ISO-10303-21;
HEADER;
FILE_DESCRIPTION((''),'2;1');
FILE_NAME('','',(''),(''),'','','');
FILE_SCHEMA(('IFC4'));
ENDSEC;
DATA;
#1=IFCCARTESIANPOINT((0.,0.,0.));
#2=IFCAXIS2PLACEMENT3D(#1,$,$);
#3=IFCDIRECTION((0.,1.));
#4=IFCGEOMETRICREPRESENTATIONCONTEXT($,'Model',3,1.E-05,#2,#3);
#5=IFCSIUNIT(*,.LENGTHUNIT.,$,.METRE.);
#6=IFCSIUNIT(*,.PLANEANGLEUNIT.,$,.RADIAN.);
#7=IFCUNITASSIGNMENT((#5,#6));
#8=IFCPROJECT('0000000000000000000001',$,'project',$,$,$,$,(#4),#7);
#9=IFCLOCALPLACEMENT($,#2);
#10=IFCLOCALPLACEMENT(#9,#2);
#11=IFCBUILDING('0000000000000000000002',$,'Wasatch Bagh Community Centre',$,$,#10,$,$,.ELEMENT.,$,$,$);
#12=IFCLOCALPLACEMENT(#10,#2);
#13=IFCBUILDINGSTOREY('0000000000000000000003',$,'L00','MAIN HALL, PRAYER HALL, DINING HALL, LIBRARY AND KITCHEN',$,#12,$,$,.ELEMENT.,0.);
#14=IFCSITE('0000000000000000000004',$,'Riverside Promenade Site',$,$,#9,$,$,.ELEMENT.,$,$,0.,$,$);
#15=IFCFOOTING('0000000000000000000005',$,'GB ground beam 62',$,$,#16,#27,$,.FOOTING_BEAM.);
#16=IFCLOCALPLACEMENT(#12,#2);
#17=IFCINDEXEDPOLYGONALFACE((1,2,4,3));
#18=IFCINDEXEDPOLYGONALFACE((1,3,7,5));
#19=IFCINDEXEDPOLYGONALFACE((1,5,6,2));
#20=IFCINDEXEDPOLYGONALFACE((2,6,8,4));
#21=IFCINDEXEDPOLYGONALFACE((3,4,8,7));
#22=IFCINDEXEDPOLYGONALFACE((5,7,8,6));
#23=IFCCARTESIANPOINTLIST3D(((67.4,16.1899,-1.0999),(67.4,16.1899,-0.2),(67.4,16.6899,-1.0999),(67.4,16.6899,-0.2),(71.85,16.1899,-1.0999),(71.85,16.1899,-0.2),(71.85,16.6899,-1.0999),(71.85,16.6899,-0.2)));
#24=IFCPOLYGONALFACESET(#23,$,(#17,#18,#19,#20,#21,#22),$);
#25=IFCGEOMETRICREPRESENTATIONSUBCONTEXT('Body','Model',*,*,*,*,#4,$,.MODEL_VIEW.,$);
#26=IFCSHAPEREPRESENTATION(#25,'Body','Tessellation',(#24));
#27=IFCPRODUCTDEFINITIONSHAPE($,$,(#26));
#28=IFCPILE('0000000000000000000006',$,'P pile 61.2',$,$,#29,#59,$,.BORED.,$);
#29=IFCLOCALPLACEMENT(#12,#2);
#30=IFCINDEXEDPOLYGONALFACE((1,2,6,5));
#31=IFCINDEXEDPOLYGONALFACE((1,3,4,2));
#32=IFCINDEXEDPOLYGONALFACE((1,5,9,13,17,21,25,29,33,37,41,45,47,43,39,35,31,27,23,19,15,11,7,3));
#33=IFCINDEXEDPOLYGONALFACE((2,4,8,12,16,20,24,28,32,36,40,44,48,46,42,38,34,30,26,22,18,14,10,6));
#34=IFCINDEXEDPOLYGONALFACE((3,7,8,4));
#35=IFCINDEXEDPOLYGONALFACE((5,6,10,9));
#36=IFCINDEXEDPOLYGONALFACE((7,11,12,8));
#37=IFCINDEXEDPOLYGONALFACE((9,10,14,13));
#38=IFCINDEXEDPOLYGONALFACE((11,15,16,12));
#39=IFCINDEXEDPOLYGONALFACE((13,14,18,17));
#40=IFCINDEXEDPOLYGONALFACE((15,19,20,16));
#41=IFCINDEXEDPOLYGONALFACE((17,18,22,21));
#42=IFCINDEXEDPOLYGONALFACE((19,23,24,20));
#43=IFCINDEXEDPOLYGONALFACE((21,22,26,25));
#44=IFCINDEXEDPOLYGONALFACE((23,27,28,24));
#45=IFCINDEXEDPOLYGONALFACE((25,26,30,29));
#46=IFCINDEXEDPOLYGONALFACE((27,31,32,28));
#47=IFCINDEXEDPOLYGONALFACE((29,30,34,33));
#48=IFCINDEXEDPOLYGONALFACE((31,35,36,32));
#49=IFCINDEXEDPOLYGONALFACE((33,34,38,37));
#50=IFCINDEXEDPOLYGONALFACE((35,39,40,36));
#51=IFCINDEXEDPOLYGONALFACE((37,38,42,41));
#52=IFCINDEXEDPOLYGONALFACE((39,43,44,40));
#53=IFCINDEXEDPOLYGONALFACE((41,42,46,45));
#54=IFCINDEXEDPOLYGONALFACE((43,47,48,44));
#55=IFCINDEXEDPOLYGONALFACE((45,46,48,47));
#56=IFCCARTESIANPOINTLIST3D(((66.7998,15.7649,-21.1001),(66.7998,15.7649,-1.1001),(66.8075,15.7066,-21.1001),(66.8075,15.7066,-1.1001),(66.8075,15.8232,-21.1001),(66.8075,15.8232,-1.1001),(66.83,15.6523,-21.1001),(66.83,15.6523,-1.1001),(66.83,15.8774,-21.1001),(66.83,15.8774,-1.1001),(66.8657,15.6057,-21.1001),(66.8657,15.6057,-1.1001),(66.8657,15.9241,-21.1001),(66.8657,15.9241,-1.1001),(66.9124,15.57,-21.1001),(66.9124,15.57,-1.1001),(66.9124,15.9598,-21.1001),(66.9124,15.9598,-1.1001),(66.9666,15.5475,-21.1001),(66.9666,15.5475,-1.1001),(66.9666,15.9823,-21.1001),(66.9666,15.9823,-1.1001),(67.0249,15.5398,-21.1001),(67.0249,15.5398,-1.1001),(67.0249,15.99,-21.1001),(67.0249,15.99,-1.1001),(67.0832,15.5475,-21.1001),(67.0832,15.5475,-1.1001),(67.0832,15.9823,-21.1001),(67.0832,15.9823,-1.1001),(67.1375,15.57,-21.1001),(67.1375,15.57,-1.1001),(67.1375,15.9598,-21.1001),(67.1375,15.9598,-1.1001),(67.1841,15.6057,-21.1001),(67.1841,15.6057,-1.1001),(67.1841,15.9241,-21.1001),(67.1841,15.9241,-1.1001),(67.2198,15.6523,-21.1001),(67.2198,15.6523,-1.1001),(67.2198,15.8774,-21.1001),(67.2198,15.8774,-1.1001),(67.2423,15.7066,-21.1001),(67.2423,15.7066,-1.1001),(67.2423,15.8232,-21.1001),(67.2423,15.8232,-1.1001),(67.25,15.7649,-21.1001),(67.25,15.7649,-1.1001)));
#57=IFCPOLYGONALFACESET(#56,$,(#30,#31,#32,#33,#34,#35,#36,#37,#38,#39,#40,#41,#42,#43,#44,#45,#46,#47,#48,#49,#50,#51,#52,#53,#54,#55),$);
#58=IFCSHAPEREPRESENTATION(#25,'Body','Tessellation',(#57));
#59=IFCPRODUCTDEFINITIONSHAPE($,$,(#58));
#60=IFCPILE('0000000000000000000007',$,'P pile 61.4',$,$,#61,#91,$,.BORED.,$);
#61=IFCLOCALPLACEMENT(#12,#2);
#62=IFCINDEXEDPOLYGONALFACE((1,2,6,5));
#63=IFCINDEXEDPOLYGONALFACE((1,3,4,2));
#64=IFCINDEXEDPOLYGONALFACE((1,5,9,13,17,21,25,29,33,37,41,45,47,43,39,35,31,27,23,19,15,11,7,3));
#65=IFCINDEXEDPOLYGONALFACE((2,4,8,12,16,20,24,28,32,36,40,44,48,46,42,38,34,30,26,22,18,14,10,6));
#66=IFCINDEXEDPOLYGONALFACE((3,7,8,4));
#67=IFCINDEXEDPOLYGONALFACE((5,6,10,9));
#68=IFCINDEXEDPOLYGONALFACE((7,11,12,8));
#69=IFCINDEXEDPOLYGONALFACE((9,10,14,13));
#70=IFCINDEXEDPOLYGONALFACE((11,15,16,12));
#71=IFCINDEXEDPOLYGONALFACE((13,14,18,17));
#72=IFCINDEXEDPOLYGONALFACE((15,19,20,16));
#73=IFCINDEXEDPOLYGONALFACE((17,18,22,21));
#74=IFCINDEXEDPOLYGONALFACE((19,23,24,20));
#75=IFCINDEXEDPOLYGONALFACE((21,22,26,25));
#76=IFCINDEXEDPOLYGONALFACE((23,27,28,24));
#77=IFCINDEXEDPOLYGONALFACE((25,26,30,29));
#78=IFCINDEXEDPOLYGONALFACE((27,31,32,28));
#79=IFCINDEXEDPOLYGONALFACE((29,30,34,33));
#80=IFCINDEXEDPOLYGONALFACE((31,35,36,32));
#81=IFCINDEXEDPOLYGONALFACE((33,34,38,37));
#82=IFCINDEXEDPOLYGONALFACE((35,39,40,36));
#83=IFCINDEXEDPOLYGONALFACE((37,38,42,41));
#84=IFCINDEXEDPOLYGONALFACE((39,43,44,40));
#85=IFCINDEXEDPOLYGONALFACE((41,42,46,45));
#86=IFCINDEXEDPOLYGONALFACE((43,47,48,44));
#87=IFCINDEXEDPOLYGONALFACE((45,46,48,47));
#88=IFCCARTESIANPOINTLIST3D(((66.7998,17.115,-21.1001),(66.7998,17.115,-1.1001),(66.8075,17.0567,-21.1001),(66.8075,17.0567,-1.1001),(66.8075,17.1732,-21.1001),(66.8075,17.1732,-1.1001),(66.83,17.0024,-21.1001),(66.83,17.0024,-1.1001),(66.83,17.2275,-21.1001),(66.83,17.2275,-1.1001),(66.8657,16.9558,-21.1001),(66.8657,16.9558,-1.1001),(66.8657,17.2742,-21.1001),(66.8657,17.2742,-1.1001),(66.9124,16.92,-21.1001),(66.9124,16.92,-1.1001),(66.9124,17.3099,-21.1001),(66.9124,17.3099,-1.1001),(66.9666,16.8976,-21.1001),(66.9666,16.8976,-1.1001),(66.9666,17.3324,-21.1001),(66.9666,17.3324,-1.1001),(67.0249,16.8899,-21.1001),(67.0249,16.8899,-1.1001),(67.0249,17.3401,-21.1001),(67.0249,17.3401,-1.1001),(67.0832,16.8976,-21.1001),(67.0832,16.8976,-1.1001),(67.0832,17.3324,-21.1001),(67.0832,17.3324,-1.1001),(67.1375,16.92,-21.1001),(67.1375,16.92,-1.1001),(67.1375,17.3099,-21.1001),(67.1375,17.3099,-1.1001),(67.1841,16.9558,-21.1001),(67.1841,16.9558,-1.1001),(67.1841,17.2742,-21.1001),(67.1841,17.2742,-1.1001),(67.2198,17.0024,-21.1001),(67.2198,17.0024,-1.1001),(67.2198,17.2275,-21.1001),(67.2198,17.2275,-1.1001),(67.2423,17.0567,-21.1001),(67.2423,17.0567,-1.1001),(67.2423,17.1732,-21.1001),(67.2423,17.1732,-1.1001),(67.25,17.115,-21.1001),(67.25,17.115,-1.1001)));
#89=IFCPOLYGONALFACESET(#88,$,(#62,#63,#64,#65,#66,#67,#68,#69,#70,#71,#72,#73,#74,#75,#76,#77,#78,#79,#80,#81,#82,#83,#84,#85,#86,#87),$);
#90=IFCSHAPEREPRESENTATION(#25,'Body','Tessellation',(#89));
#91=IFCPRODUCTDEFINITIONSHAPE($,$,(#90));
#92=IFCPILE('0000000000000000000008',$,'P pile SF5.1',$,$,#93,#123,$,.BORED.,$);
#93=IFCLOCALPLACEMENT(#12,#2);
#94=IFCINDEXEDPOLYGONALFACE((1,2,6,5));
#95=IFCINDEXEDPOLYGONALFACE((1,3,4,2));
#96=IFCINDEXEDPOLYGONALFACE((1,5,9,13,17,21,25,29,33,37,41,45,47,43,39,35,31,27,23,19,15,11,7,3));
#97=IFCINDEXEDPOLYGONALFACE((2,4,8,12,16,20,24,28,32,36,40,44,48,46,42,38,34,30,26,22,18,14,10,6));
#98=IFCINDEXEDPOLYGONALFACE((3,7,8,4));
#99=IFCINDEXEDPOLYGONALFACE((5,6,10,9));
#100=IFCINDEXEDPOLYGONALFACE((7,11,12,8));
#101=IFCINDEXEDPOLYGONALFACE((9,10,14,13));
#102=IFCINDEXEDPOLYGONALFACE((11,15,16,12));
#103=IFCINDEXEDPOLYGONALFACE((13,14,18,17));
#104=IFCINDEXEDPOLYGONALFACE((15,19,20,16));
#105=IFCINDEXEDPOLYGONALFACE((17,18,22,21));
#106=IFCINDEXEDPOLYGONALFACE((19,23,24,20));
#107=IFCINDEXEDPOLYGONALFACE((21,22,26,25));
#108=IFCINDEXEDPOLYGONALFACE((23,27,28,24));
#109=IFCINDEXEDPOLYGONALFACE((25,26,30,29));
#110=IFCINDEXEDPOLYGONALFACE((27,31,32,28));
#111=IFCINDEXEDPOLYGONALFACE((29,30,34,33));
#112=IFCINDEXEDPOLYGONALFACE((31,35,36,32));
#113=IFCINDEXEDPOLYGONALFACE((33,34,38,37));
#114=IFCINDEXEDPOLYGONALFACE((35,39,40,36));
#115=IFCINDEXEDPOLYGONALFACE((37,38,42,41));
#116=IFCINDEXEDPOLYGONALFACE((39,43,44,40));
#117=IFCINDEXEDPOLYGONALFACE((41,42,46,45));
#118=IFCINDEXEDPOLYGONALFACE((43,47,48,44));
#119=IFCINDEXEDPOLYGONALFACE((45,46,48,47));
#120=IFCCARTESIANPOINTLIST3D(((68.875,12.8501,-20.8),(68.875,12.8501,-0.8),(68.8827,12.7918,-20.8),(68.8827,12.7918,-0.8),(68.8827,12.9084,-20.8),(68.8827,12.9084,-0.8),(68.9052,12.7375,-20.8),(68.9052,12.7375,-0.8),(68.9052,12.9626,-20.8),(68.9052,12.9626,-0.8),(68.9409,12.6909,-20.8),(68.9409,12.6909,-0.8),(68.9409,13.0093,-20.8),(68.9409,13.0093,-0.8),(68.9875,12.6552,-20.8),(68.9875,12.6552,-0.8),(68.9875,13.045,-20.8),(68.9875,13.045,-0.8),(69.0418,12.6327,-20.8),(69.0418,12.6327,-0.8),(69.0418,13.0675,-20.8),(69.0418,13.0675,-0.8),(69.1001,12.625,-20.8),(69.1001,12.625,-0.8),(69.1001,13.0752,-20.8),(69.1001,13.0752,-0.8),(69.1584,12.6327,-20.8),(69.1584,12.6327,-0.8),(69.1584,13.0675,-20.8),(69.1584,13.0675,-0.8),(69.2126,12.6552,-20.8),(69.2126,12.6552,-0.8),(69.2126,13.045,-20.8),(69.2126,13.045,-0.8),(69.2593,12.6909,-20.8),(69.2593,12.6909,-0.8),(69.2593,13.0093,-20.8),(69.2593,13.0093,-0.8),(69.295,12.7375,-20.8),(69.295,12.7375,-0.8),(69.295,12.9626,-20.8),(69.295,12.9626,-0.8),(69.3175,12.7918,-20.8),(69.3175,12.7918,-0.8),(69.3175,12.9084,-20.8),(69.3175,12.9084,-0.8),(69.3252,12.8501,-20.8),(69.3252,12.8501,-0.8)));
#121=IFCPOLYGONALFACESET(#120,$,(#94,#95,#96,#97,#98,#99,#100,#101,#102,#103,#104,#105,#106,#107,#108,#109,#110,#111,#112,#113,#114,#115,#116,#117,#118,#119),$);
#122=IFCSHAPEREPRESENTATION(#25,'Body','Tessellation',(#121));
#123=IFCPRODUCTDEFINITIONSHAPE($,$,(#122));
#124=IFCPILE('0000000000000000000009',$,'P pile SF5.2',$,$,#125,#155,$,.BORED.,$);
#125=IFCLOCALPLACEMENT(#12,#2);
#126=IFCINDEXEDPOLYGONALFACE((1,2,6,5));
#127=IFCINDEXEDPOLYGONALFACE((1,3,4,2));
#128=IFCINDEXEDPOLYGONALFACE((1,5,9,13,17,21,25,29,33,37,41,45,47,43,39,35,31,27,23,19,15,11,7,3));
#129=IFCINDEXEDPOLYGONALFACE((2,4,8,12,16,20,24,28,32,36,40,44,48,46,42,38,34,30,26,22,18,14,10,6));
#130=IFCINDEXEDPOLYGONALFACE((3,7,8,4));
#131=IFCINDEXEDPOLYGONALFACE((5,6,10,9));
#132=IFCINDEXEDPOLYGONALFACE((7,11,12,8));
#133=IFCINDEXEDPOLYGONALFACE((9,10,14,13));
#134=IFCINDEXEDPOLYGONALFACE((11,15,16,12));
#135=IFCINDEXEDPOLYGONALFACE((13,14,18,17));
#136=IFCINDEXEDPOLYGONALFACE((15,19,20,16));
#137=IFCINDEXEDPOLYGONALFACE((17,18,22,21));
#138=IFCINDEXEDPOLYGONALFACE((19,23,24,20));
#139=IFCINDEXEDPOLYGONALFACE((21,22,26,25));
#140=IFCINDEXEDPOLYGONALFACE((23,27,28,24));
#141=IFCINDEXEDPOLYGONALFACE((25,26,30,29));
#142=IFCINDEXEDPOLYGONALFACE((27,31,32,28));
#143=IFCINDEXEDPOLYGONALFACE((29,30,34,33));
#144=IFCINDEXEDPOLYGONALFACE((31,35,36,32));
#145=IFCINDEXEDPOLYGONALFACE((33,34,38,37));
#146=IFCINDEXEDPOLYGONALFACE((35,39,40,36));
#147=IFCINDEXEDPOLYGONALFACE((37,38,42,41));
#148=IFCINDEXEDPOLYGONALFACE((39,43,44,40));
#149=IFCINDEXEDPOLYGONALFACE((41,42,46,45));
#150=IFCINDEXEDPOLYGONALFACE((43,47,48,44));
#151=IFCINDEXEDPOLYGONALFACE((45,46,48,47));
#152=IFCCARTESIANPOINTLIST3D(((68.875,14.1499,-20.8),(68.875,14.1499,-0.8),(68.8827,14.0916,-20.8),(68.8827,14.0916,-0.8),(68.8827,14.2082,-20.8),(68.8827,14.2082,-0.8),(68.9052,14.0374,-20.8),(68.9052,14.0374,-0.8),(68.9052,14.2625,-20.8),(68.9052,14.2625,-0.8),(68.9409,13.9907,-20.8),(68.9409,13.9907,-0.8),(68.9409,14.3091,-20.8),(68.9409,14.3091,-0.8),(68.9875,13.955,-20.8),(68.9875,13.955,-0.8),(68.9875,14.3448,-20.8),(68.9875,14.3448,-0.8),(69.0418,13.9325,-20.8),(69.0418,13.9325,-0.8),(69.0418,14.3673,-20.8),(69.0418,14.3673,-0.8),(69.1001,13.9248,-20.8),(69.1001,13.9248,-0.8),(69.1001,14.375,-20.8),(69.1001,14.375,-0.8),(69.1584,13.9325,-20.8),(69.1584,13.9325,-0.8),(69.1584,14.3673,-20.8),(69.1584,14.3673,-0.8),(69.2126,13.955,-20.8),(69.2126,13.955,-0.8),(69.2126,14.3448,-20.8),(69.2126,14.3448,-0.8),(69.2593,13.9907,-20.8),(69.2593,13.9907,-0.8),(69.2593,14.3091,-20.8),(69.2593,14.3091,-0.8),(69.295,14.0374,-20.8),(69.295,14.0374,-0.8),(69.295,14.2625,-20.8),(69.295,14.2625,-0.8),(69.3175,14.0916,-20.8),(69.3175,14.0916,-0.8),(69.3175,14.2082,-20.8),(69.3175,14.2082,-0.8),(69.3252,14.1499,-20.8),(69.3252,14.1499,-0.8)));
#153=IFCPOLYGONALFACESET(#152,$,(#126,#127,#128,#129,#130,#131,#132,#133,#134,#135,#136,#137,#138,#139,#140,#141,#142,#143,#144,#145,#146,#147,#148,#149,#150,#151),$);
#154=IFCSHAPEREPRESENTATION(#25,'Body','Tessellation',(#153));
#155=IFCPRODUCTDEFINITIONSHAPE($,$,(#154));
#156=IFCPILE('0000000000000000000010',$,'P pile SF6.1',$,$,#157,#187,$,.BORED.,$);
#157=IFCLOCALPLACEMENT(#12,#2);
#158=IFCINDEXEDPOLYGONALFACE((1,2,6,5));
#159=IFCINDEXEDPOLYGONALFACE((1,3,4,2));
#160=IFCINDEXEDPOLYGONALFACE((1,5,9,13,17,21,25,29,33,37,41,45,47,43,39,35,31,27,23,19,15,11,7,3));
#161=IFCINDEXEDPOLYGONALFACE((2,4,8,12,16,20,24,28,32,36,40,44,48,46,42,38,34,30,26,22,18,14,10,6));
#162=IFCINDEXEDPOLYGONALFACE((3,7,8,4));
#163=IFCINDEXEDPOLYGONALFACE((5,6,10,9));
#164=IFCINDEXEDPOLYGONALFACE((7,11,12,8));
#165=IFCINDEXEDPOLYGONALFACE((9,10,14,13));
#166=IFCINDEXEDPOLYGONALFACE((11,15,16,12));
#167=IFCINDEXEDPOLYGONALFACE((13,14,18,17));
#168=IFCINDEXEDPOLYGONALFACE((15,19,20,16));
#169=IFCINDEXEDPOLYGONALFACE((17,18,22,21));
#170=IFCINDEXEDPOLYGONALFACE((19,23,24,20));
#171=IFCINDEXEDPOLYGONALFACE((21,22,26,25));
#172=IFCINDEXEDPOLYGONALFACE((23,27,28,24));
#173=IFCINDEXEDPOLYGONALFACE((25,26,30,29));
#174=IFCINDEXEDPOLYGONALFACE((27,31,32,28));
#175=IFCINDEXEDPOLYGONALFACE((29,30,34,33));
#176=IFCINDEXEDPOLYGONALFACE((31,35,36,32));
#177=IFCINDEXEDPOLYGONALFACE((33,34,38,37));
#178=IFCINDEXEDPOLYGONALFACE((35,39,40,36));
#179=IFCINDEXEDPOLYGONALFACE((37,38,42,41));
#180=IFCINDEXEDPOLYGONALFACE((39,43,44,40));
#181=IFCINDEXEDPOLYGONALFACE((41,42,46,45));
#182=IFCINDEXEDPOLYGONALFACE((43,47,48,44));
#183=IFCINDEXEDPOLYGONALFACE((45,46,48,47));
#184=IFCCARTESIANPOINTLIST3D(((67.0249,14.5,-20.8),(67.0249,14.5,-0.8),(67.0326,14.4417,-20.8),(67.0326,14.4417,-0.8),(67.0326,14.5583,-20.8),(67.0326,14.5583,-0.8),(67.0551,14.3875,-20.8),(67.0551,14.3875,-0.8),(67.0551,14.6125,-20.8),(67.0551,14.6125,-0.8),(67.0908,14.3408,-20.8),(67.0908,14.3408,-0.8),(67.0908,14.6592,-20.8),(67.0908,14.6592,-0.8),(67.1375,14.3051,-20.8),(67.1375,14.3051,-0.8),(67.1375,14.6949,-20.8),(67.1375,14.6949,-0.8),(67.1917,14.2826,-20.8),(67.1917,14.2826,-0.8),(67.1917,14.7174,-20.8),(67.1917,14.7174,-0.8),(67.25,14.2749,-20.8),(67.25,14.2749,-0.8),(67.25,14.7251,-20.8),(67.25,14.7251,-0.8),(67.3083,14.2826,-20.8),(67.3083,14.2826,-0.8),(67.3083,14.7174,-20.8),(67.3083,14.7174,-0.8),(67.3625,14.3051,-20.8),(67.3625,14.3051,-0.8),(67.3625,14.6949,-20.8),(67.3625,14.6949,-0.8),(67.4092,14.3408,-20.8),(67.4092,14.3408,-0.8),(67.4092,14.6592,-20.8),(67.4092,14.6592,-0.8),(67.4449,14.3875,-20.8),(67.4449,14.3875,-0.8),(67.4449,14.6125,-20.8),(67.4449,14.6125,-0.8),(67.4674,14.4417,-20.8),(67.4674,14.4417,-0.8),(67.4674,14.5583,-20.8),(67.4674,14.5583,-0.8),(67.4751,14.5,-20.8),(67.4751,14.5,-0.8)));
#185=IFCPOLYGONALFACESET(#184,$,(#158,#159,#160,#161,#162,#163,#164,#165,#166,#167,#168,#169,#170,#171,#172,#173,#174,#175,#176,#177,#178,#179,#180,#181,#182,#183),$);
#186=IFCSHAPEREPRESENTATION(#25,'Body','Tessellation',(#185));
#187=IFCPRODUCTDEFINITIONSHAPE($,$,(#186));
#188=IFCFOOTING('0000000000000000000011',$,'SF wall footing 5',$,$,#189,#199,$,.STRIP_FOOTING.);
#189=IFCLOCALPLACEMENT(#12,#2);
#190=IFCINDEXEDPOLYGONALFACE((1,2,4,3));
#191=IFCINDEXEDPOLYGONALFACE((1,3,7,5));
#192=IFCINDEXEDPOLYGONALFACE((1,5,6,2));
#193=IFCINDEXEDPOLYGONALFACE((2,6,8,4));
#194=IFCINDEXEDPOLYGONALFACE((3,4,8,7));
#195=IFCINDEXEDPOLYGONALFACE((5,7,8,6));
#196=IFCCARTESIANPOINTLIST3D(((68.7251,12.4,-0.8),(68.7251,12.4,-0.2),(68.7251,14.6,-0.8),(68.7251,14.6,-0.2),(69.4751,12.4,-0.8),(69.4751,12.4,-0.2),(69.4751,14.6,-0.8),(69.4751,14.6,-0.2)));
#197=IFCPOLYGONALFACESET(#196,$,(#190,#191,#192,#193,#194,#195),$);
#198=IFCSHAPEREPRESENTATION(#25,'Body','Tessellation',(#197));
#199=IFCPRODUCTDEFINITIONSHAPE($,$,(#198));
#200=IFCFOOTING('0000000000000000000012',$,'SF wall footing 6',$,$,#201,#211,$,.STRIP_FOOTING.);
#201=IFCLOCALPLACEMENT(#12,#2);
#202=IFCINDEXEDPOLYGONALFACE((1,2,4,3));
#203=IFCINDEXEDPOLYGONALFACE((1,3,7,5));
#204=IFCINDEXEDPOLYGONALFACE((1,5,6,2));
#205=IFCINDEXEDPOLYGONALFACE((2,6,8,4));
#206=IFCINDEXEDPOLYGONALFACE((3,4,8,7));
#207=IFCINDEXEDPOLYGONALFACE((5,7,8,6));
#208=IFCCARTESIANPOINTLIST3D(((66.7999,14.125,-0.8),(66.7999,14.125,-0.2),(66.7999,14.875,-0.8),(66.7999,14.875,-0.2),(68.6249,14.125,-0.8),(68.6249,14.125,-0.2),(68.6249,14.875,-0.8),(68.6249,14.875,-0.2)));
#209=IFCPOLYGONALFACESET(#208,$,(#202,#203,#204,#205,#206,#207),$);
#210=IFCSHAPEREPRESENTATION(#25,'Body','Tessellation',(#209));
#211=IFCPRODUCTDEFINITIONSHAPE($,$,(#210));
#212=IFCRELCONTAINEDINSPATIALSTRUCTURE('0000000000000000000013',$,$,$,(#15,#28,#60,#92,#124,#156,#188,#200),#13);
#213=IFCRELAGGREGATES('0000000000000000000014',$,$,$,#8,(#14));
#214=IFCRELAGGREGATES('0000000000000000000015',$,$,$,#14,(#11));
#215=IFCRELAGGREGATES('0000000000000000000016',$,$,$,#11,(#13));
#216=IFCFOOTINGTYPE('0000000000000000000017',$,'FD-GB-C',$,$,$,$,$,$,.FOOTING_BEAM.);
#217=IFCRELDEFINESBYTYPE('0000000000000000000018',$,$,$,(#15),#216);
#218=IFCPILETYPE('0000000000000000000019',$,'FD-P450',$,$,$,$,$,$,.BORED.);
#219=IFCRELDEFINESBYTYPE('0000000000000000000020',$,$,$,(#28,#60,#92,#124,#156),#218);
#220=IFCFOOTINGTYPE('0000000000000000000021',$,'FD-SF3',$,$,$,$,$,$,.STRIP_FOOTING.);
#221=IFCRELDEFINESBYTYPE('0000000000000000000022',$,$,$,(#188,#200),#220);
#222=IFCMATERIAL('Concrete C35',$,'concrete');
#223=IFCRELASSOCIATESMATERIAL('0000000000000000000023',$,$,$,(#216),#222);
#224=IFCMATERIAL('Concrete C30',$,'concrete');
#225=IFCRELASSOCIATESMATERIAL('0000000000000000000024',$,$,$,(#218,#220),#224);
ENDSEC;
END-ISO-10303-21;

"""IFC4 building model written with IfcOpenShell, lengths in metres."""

from ifc_helpers import new_model, si_unit, direction, frame, origin, origin_2d, place, context, subcontext, project, spatial, rectangle, circle, extrude, material, material_profile, profile_set, type_object, element, save


model = new_model("IFC4")

# Units and contexts
model_context = context("Model", 3, precision=1e-05, world=origin(), true_north=direction((0.0, 1.0)))
body_context = subcontext(model_context, "Body", "Model", "MODEL_VIEW")
ifc_project = project(units=[si_unit("LENGTHUNIT", "METRE"), si_unit("PLANEANGLEUNIT", "RADIAN")], contexts=[model_context])

# Site, building, storey
site_placement = place(None, origin())
site = spatial("IfcSite", under=ifc_project, at=site_placement, Name="Riverside Promenade Site", CompositionType="ELEMENT", RefElevation=0.0)
building_placement = place(site_placement, origin())
building = spatial("IfcBuilding", under=site, at=building_placement, Name="Wasatch Bagh Community Centre", CompositionType="ELEMENT")
storey_placement = place(building_placement, origin())
storey = spatial("IfcBuildingStorey", under=building, at=storey_placement, Name="L00", Description="MAIN HALL, PRAYER HALL, DINING HALL, LIBRARY AND KITCHEN", CompositionType="ELEMENT", Elevation=0.0)

# Footing
ifc_material_1 = material(Name="Concrete C35", Category="concrete")
footing_type_1 = type_object("IfcFootingType", Name="FD-GB-C", PredefinedType="FOOTING_BEAM", material=ifc_material_1)
footing_1_placement = place(storey_placement, frame((69.625, 16.4399, -1.0999), z_axis=(0.0, 0.0, 1.0), x_axis=(1.0, 0.0, 0.0)))
element("IfcFooting", 1, at=footing_1_placement, inside=storey, type_object=footing_type_1, Name="GB ground beam 62", PredefinedType="FOOTING_BEAM", context=body_context, shape_type="SweptSolid", body=[
    extrude(rectangle(XDim=4.45, YDim=0.5, at=origin_2d()), origin(), (0.0, 0.0, 1.0), 0.8999),
])

# Piles
ifc_material_2 = material(Name="Concrete C30", Category="concrete")
ifc_material_profile = material_profile(ifc_material_2, circle(Radius=0.2251, at=origin_2d()), Name="RC D450")
ifc_profile_set = profile_set([ifc_material_profile], Name="Concrete C30")
pile_type = type_object("IfcPileType", Name="FD-P450", PredefinedType="BORED", material=ifc_profile_set)
for number, where, z_axis, x_axis, name in (
    (2, (67.0249, 15.7649, -1.1001), (0.0, 0.0, -1.0), (1.0, 0.0, 0.0), "P pile 61.2"),
    (3, (67.0249, 17.115, -1.1001), (0.0, 0.0, -1.0), (1.0, 0.0, 0.0), "P pile 61.4"),
    (4, (69.1001, 12.8501, -0.8), (0.0, 0.0, -1.0), (1.0, 0.0, 0.0), "P pile SF5.1"),
    (5, (69.1001, 14.1499, -0.8), (0.0, 0.0, -1.0), (1.0, 0.0, 0.0), "P pile SF5.2"),
    (6, (67.25, 14.5, -0.8), (0.0, 0.0, -1.0), (1.0, 0.0, 0.0), "P pile SF6.1"),
):
    element("IfcPile", number, at=place(storey_placement, frame(where, z_axis=z_axis, x_axis=x_axis)), inside=storey, type_object=pile_type, Name=name, PredefinedType="BORED", context=body_context, shape_type="SweptSolid", body=[
        extrude(circle(Radius=0.2251, at=origin_2d()), origin(), (0.0, 0.0, 1.0), 20.0),
    ])

# Footings
footing_type_2 = type_object("IfcFootingType", Name="FD-SF3", PredefinedType="STRIP_FOOTING", material=ifc_material_2)
footing_2_placement = place(storey_placement, frame((69.1001, 13.5, -0.8), z_axis=(0.0, 0.0, 1.0), x_axis=(0.0, 1.0, 0.0)))
element("IfcFooting", 7, at=footing_2_placement, inside=storey, type_object=footing_type_2, Name="SF wall footing 5", PredefinedType="STRIP_FOOTING", context=body_context, shape_type="SweptSolid", body=[
    extrude(rectangle(XDim=2.2, YDim=0.75, at=origin_2d()), origin(), (0.0, 0.0, 1.0), 0.6001),
])
footing_3_placement = place(storey_placement, frame((67.7124, 14.5, -0.8), z_axis=(0.0, 0.0, 1.0), x_axis=(1.0, 0.0, 0.0)))
element("IfcFooting", 8, at=footing_3_placement, inside=storey, type_object=footing_type_2, Name="SF wall footing 6", PredefinedType="STRIP_FOOTING", context=body_context, shape_type="SweptSolid", body=[
    extrude(rectangle(XDim=1.825, YDim=0.75, at=origin_2d()), origin(), (0.0, 0.0, 1.0), 0.6001),
])

save(model, "model.ifc")
